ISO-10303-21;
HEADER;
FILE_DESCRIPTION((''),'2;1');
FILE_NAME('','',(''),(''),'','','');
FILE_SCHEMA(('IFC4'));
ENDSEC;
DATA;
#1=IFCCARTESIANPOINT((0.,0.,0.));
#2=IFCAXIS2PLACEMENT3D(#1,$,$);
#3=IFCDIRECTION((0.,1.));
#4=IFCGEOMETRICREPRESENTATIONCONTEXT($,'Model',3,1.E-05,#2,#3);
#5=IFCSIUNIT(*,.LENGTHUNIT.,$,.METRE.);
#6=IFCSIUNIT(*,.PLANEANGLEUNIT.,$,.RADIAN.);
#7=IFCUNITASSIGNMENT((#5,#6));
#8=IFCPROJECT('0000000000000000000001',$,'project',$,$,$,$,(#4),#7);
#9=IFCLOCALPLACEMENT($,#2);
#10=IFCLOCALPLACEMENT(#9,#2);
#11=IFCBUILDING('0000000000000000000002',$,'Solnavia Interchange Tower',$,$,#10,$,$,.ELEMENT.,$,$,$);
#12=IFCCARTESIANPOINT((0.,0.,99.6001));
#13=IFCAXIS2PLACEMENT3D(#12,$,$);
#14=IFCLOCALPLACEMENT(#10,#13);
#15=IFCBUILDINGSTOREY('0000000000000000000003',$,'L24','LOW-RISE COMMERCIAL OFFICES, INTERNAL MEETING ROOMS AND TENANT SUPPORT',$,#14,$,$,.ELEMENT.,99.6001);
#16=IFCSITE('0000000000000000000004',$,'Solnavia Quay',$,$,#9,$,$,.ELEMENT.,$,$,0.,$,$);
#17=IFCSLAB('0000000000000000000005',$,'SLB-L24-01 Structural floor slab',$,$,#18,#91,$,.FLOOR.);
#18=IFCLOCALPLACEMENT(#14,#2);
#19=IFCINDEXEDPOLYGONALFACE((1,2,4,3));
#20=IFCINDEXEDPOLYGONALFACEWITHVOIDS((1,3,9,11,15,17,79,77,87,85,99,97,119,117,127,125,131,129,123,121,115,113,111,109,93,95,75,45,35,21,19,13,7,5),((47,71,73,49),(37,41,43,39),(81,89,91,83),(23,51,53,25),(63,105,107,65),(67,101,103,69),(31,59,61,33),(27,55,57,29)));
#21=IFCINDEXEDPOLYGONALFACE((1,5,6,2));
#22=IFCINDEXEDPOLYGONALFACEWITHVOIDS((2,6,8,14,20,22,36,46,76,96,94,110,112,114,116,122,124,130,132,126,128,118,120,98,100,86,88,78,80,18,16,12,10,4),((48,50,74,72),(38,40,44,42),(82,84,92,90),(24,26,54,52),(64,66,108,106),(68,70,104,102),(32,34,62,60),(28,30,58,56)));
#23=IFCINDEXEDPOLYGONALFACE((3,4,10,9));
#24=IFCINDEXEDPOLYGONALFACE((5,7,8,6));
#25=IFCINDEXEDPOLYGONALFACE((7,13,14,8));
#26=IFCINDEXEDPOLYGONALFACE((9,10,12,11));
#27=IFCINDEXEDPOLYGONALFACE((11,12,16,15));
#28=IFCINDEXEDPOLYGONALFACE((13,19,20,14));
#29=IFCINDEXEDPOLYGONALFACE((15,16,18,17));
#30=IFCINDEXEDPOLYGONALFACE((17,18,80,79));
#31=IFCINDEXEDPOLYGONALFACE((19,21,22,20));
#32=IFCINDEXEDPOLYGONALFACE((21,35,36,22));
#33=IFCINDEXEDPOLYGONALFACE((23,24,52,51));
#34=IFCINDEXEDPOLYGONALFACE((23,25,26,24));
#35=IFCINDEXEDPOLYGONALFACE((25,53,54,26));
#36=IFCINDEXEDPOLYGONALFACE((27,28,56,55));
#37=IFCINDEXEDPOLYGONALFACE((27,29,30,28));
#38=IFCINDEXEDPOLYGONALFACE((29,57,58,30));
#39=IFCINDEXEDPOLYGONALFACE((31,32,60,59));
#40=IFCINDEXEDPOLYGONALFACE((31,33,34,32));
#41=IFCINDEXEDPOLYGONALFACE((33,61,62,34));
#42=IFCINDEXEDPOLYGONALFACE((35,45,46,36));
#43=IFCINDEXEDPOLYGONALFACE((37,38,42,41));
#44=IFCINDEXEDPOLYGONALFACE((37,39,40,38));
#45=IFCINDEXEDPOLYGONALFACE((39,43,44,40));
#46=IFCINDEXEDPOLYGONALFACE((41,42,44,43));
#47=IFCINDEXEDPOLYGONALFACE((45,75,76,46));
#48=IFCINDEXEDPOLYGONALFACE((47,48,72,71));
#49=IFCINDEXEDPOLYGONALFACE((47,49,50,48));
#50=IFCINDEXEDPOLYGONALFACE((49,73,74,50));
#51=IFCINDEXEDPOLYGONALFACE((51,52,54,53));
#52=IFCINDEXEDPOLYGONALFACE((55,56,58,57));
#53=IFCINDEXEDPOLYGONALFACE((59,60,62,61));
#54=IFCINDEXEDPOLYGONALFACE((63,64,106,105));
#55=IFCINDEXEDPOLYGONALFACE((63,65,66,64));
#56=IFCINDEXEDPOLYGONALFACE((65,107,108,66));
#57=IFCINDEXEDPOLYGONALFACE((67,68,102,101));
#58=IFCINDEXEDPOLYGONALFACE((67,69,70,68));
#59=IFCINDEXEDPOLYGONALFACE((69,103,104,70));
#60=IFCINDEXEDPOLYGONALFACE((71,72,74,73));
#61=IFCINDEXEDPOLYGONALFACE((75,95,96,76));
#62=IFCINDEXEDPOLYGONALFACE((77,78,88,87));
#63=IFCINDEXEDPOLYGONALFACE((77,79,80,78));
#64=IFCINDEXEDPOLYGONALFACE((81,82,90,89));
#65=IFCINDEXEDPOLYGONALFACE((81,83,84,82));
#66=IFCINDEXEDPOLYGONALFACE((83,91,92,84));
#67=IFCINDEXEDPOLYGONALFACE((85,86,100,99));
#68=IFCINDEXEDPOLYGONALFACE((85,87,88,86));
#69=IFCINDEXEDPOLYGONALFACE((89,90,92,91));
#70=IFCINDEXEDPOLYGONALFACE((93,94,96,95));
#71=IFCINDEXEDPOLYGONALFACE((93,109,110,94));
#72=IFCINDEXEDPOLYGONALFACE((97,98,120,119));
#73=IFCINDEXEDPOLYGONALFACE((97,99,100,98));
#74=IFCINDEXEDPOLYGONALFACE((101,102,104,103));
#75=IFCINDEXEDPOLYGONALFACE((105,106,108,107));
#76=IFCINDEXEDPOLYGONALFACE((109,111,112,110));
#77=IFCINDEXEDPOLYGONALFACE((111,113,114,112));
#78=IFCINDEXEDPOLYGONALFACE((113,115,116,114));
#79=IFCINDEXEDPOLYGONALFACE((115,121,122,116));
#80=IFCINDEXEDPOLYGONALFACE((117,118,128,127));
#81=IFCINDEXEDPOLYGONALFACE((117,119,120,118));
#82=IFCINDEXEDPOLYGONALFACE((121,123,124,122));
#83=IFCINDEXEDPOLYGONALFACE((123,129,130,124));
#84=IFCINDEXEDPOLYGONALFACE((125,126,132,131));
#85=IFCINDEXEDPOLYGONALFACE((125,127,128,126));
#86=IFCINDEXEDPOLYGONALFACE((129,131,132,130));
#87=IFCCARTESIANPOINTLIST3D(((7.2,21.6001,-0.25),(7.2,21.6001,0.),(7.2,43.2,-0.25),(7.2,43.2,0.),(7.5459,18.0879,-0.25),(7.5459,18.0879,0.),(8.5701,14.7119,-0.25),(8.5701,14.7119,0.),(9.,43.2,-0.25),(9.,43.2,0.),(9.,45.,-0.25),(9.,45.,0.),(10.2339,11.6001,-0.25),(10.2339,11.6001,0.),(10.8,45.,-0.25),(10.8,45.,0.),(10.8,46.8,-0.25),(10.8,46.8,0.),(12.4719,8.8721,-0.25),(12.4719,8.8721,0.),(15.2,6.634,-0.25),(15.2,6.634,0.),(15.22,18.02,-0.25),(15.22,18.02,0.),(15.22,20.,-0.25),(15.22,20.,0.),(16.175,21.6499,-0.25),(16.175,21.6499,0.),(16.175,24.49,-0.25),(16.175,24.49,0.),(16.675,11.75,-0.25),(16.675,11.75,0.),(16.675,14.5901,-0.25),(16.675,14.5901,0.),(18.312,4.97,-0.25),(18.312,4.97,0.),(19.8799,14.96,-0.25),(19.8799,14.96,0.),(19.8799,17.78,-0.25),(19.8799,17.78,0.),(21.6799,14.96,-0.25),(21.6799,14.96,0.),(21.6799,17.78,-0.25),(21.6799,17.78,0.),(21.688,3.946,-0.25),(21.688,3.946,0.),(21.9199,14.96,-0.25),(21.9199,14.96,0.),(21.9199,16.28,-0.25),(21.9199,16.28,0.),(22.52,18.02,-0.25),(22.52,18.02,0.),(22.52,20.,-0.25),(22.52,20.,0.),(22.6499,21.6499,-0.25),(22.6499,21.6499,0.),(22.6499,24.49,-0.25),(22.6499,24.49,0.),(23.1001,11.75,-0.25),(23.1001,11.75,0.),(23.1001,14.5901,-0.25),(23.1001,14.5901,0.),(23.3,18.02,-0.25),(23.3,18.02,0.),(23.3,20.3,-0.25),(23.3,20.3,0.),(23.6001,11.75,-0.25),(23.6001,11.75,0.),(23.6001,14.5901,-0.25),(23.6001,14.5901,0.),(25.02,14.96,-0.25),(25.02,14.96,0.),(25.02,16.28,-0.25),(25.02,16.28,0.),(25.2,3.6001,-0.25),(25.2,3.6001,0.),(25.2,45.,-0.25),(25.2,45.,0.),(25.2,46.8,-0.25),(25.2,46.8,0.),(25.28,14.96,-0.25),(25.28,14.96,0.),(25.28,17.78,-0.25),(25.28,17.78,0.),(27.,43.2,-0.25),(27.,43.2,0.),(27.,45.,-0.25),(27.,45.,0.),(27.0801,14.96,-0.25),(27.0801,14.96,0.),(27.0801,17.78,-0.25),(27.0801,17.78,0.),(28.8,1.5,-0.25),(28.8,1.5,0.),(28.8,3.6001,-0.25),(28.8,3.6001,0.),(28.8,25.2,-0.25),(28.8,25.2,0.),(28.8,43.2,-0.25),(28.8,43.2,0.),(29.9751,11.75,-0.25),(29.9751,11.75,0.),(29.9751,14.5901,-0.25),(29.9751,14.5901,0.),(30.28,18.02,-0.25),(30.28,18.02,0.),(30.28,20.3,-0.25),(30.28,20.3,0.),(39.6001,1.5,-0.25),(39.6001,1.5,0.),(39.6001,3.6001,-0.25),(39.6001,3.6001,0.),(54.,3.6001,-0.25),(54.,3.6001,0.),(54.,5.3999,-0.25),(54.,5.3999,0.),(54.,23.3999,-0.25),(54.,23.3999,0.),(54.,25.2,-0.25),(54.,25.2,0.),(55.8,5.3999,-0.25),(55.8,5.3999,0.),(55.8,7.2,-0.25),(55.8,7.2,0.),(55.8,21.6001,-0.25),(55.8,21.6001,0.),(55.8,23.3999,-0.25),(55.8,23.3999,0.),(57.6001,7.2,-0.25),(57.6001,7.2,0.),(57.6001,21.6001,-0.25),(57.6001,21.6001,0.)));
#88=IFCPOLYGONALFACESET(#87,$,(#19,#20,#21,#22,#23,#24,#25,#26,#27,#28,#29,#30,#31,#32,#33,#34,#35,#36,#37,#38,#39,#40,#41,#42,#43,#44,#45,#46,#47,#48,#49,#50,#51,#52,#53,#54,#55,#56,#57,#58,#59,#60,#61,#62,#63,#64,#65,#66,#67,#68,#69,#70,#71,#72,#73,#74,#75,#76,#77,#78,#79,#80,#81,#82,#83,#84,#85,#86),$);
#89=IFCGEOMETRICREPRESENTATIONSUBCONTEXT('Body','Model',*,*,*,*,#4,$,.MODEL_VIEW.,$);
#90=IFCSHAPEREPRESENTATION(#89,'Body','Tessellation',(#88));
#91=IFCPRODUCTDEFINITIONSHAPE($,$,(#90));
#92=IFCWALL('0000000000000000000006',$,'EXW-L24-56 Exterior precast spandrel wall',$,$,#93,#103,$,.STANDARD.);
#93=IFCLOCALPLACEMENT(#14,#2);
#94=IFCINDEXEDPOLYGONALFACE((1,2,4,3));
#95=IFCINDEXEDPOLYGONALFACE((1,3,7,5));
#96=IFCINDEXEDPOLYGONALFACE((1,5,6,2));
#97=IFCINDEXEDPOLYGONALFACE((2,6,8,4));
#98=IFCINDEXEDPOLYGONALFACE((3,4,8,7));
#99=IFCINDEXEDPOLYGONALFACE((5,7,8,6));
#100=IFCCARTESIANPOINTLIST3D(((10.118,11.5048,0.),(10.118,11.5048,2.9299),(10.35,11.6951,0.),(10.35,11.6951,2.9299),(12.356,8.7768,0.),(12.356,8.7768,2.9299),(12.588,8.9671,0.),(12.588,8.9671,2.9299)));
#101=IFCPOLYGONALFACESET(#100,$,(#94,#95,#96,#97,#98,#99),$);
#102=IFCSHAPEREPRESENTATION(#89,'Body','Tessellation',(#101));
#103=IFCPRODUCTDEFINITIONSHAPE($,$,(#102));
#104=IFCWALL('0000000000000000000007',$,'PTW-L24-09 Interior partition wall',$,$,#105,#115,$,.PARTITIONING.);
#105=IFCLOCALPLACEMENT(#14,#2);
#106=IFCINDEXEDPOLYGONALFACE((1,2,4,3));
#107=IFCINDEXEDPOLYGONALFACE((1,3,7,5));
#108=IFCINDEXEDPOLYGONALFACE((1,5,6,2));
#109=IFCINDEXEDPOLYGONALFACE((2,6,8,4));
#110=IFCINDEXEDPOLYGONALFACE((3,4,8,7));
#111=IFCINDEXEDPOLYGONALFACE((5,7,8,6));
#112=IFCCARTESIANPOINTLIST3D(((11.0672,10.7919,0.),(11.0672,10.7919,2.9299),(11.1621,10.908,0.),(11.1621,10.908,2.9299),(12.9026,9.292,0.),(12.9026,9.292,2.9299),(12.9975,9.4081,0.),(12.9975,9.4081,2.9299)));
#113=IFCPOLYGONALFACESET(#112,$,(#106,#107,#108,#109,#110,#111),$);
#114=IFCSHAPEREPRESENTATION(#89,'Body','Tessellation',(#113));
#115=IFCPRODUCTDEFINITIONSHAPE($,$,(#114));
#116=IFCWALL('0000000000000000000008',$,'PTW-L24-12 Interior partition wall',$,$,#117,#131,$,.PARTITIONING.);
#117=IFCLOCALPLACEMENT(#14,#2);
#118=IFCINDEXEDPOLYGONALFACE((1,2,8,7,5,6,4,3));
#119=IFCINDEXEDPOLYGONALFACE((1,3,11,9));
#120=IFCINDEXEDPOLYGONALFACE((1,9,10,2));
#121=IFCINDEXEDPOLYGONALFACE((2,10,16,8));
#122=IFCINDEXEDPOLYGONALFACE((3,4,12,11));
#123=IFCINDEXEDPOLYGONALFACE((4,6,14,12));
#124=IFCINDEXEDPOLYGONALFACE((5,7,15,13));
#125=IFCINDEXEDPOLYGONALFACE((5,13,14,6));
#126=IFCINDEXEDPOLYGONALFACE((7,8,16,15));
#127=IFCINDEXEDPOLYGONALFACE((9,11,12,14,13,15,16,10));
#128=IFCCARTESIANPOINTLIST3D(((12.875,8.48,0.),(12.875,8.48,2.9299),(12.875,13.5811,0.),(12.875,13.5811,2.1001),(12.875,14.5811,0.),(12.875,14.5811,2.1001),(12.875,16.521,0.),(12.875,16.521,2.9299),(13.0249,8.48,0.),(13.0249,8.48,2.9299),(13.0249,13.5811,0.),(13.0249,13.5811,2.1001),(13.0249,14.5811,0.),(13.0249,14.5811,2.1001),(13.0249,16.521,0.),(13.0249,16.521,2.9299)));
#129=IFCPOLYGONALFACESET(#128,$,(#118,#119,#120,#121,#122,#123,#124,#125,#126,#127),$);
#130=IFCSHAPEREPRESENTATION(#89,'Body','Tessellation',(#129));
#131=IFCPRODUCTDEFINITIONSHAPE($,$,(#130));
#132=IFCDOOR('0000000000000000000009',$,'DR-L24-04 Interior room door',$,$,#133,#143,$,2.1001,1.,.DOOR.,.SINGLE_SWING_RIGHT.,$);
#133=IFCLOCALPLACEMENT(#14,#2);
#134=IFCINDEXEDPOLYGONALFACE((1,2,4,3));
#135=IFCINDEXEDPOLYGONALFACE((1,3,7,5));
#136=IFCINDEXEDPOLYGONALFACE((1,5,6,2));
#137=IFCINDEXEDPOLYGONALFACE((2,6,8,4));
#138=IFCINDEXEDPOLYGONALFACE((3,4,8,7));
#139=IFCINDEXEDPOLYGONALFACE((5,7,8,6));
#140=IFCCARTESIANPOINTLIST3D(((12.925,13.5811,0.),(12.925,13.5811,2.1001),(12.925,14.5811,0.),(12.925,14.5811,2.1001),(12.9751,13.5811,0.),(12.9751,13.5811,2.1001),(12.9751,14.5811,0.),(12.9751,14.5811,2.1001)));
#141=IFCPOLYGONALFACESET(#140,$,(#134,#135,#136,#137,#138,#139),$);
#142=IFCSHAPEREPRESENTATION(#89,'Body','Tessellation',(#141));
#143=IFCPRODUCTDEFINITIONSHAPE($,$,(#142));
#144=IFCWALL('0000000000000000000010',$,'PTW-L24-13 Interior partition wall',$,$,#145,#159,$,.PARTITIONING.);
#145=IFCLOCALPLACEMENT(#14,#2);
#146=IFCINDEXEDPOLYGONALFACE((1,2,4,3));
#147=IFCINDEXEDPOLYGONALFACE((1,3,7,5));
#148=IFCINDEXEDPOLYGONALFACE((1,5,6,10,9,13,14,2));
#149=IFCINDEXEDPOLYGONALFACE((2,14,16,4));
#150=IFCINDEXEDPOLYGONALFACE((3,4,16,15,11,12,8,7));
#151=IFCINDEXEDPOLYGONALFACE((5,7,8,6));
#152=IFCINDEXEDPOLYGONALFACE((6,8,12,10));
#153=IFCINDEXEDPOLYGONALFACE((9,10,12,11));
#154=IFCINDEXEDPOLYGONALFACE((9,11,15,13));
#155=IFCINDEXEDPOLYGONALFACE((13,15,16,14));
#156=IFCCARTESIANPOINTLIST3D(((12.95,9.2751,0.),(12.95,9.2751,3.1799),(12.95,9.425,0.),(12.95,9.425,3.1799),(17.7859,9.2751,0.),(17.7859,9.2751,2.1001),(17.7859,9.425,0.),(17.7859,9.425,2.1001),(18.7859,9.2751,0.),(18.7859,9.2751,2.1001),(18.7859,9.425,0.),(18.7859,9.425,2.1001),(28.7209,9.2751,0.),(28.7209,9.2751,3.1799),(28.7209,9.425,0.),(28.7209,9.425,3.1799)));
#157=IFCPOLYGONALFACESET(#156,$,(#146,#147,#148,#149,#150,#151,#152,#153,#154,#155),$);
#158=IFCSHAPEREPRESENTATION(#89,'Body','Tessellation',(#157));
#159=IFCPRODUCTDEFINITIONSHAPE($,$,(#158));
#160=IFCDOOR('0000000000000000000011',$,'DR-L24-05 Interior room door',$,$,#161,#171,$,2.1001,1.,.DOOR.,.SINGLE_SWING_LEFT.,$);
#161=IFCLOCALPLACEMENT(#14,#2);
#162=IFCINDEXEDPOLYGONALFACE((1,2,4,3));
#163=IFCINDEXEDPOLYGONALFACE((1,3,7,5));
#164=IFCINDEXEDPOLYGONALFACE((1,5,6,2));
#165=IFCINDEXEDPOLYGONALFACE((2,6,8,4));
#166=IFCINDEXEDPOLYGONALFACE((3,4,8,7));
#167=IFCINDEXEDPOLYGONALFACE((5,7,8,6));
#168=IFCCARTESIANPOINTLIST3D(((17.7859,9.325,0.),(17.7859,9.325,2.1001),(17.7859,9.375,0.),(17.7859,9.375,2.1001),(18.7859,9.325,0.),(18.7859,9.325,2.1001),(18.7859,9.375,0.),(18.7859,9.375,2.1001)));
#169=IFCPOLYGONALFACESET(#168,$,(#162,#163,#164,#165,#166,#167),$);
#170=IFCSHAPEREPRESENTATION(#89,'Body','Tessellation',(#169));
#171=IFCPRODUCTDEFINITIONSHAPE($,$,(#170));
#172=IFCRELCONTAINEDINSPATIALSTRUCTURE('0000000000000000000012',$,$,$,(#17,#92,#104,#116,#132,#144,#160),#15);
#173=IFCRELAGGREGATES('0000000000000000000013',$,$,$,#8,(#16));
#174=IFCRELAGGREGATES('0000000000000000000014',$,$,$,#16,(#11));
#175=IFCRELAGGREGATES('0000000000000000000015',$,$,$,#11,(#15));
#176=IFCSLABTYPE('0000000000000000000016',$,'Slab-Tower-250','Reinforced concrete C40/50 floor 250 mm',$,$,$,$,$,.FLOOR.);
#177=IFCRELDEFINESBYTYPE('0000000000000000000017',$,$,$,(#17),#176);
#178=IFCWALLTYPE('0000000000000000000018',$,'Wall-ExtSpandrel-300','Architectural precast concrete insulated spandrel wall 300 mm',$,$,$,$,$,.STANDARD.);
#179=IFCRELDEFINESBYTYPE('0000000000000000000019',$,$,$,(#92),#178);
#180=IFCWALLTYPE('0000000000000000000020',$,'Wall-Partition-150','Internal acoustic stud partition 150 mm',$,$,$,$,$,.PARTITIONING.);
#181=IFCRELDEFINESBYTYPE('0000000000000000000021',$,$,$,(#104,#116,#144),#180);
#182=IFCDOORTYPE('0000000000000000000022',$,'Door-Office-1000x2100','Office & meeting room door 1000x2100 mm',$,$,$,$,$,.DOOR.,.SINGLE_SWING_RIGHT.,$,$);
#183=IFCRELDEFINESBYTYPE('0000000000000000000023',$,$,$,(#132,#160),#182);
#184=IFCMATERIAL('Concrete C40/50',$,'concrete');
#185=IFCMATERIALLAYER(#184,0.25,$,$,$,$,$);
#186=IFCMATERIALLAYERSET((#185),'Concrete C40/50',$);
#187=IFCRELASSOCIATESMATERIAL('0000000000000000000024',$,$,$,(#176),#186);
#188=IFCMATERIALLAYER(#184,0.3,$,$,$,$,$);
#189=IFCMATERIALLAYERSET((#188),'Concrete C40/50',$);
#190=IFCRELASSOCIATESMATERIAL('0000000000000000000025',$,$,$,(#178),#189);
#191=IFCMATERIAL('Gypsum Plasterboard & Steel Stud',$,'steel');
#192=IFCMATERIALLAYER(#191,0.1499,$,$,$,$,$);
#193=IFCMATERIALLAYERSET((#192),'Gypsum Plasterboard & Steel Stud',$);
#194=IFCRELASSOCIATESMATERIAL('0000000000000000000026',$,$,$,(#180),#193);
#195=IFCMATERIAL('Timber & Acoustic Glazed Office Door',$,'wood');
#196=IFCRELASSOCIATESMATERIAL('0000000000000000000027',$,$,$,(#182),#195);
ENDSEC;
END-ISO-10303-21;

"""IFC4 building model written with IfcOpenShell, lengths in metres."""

from ifc_helpers import new_model, si_unit, direction, frame, frame_2d, origin, place, context, subcontext, project, spatial, polyline, rectangle, outline, extrude, material, layer, layer_set, type_object, element, fill, save


model = new_model("IFC4")

# Units and contexts
model_context = context("Model", 3, precision=1e-05, world=origin(), true_north=direction((0.0, 1.0)))
body_context = subcontext(model_context, "Body", "Model", "MODEL_VIEW")
ifc_project = project(units=[si_unit("LENGTHUNIT", "METRE"), si_unit("PLANEANGLEUNIT", "RADIAN")], contexts=[model_context])

# Site, building, storey
site_placement = place(None, origin())
site = spatial("IfcSite", under=ifc_project, at=site_placement, Name="Solnavia Quay", CompositionType="ELEMENT", RefElevation=0.0)
building_placement = place(site_placement, origin())
building = spatial("IfcBuilding", under=site, at=building_placement, Name="Solnavia Interchange Tower", CompositionType="ELEMENT")
storey_placement = place(building_placement, frame((0.0, 0.0, 99.6001)))
storey = spatial("IfcBuildingStorey", under=building, at=storey_placement, Name="L24", Description="LOW-RISE COMMERCIAL OFFICES, INTERNAL MEETING ROOMS AND TENANT SUPPORT", CompositionType="ELEMENT", Elevation=99.6001)

# Shared definitions
ifc_material_1 = material(Name="Concrete C40/50", Category="concrete")

# Slab
ifc_layer_1 = layer(ifc_material_1, 0.25)
ifc_layer_set_1 = layer_set([ifc_layer_1], Name="Concrete C40/50")
slab_type_1 = type_object("IfcSlabType", Name="Slab-Tower-250", Description="Reinforced concrete C40/50 floor 250 mm", PredefinedType="FLOOR", material=ifc_layer_set_1)
slab_1_placement = place(storey_placement, frame((0.0, 0.0, -0.25)))
element("IfcSlab", 1, at=slab_1_placement, inside=storey, type_object=slab_type_1, Name="SLB-L24-01 Structural floor slab", PredefinedType="FLOOR", context=body_context, shape_type="SweptSolid", body=[
    extrude(outline(polyline([(25.2, 3.6001), (28.8, 3.6001), (28.8, 1.5), (39.6001, 1.5), (39.6001, 3.6001), (54.0, 3.6001), (54.0, 5.3999), (55.8, 5.3999), (55.8, 7.2), (57.6001, 7.2), (57.6001, 21.6001), (55.8, 21.6001), (55.8, 23.3999), (54.0, 23.3999), (54.0, 25.2), (28.8, 25.2), (28.8, 43.2), (27.0, 43.2), (27.0, 45.0), (25.2, 45.0), (25.2, 46.8), (10.8, 46.8), (10.8, 45.0), (9.0, 45.0), (9.0, 43.2), (7.2, 43.2), (7.2, 21.6001), (7.5459, 18.0879), (8.5701, 14.7119), (10.2339, 11.6001), (12.4719, 8.8721), (15.2, 6.634), (18.312, 4.97), (21.688, 3.946), (25.2, 3.6001)]), holes=[polyline([(16.675, 11.75), (23.1001, 11.75), (23.1001, 14.5901), (16.675, 14.5901), (16.675, 11.75)]), polyline([(23.6001, 11.75), (29.9751, 11.75), (29.9751, 14.5901), (23.6001, 14.5901), (23.6001, 11.75)]), polyline([(16.175, 21.6499), (22.6499, 21.6499), (22.6499, 24.49), (16.175, 24.49), (16.175, 21.6499)]), polyline([(19.8799, 14.96), (21.6799, 14.96), (21.6799, 17.78), (19.8799, 17.78), (19.8799, 14.96)]), polyline([(25.28, 14.96), (27.0801, 14.96), (27.0801, 17.78), (25.28, 17.78), (25.28, 14.96)]), polyline([(21.9199, 14.96), (25.02, 14.96), (25.02, 16.28), (21.9199, 16.28), (21.9199, 14.96)]), polyline([(15.22, 18.02), (22.52, 18.02), (22.52, 20.0), (15.22, 20.0), (15.22, 18.02)]), polyline([(23.3, 18.02), (30.28, 18.02), (30.28, 20.3), (23.3, 20.3), (23.3, 18.02)])]), origin(), (0.0, 0.0, 1.0), 0.25),
])

# Walls
ifc_layer_2 = layer(ifc_material_1, 0.3)
ifc_layer_set_2 = layer_set([ifc_layer_2], Name="Concrete C40/50")
wall_type_1 = type_object("IfcWallType", Name="Wall-ExtSpandrel-300", Description="Architectural precast concrete insulated spandrel wall 300 mm", PredefinedType="STANDARD", material=ifc_layer_set_2)
wall_1_placement = place(storey_placement, frame((12.4719, 8.8721, 0.0), z_axis=(0.0, 0.0, 1.0), x_axis=(-0.634258, 0.773121, 0.0)))
element("IfcWall", 2, at=wall_1_placement, inside=storey, type_object=wall_type_1, Name="EXW-L24-56 Exterior precast spandrel wall", PredefinedType="STANDARD", context=body_context, shape_type="SweptSolid", body=[
    extrude(rectangle(XDim=3.5286, YDim=0.3, at=frame_2d((1.7642, 0.0))), origin(), (0.0, 0.0, 1.0), 2.9299),
])
ifc_material_2 = material(Name="Gypsum Plasterboard & Steel Stud", Category="steel")
ifc_layer_3 = layer(ifc_material_2, 0.1499)
ifc_layer_set_3 = layer_set([ifc_layer_3], Name="Gypsum Plasterboard & Steel Stud")
wall_type_2 = type_object("IfcWallType", Name="Wall-Partition-150", Description="Internal acoustic stud partition 150 mm", PredefinedType="PARTITIONING", material=ifc_layer_set_3)
wall_2_placement = place(storey_placement, frame((12.95, 9.3501, 0.0), z_axis=(0.0, 0.0, 1.0), x_axis=(-0.774315, 0.6328, 0.0)))
element("IfcWall", 3, at=wall_2_placement, inside=storey, type_object=wall_type_2, Name="PTW-L24-09 Interior partition wall", PredefinedType="PARTITIONING", context=body_context, shape_type="SweptSolid", body=[
    extrude(rectangle(XDim=2.3704, YDim=0.1499, at=frame_2d((1.1851, 0.0))), origin(), (0.0, 0.0, 1.0), 2.9299),
])

# Walls, openings, doors
wall_3_placement = place(storey_placement, frame((12.95, 8.48, 0.0), z_axis=(0.0, 0.0, 1.0), x_axis=(0.0, 1.0, 0.0)))
wall_3 = element("IfcWall", 4, at=wall_3_placement, inside=storey, type_object=wall_type_2, Name="PTW-L24-12 Interior partition wall", PredefinedType="PARTITIONING", context=body_context, shape_type="SweptSolid", body=[
    extrude(rectangle(XDim=8.041, YDim=0.1499, at=frame_2d((4.0205, 0.0))), origin(), (0.0, 0.0, 1.0), 2.9299),
])
opening_1_placement = place(wall_3_placement, frame((5.1011, 0.0, 0.0)))
opening_1 = element("IfcOpeningElement", 5, at=opening_1_placement, cuts=wall_3, PredefinedType="OPENING", context=body_context, shape_type="SweptSolid", body=[
    extrude(rectangle(XDim=1.0, YDim=2.1001, at=frame_2d((0.5, 1.05))), frame((0.0, 0.085, 0.0), z_axis=(0.0, -1.0, 0.0), x_axis=(1.0, 0.0, 0.0)), (0.0, 0.0, 1.0), 0.1699),
])
ifc_material_3 = material(Name="Timber & Acoustic Glazed Office Door", Category="wood")
door_type = type_object("IfcDoorType", Name="Door-Office-1000x2100", Description="Office & meeting room door 1000x2100 mm", OperationType="SINGLE_SWING_RIGHT", PredefinedType="DOOR", material=ifc_material_3)
door_1_placement = place(opening_1_placement, origin())
door_1 = element("IfcDoor", 6, at=door_1_placement, inside=storey, type_object=door_type, Name="DR-L24-04 Interior room door", OperationType="SINGLE_SWING_RIGHT", OverallHeight=2.1001, OverallWidth=1.0, PredefinedType="DOOR", context=body_context, shape_type="SweptSolid", body=[
    extrude(rectangle(XDim=1.0, YDim=2.1001, at=frame_2d((0.5, 1.05))), frame((0.0, 0.0249, 0.0), z_axis=(0.0, -1.0, 0.0), x_axis=(1.0, 0.0, 0.0)), (0.0, 0.0, 1.0), 0.05),
])
fill(opening_1, door_1)
wall_4_placement = place(storey_placement, frame((12.95, 9.3501, 0.0), z_axis=(0.0, 0.0, 1.0), x_axis=(1.0, 0.0, 0.0)))
wall_4 = element("IfcWall", 7, at=wall_4_placement, inside=storey, type_object=wall_type_2, Name="PTW-L24-13 Interior partition wall", PredefinedType="PARTITIONING", context=body_context, shape_type="SweptSolid", body=[
    extrude(rectangle(XDim=15.771, YDim=0.1499, at=frame_2d((7.8855, 0.0))), origin(), (0.0, 0.0, 1.0), 3.1799),
])
opening_2_placement = place(wall_4_placement, frame((4.8359, 0.0, 0.0)))
opening_2 = element("IfcOpeningElement", 8, at=opening_2_placement, cuts=wall_4, PredefinedType="OPENING", context=body_context, shape_type="SweptSolid", body=[
    extrude(rectangle(XDim=1.0, YDim=2.1001, at=frame_2d((0.5, 1.05))), frame((0.0, 0.085, 0.0), z_axis=(0.0, -1.0, 0.0), x_axis=(1.0, 0.0, 0.0)), (0.0, 0.0, 1.0), 0.1699),
])
door_2_placement = place(opening_2_placement, origin())
door_2 = element("IfcDoor", 9, at=door_2_placement, inside=storey, type_object=door_type, Name="DR-L24-05 Interior room door", OperationType="SINGLE_SWING_LEFT", OverallHeight=2.1001, OverallWidth=1.0, PredefinedType="DOOR", context=body_context, shape_type="SweptSolid", body=[
    extrude(rectangle(XDim=1.0, YDim=2.1001, at=frame_2d((0.5, 1.05))), frame((0.0, 0.0249, 0.0), z_axis=(0.0, -1.0, 0.0), x_axis=(1.0, 0.0, 0.0)), (0.0, 0.0, 1.0), 0.05),
])
fill(opening_2, door_2)

save(model, "model.ifc")
